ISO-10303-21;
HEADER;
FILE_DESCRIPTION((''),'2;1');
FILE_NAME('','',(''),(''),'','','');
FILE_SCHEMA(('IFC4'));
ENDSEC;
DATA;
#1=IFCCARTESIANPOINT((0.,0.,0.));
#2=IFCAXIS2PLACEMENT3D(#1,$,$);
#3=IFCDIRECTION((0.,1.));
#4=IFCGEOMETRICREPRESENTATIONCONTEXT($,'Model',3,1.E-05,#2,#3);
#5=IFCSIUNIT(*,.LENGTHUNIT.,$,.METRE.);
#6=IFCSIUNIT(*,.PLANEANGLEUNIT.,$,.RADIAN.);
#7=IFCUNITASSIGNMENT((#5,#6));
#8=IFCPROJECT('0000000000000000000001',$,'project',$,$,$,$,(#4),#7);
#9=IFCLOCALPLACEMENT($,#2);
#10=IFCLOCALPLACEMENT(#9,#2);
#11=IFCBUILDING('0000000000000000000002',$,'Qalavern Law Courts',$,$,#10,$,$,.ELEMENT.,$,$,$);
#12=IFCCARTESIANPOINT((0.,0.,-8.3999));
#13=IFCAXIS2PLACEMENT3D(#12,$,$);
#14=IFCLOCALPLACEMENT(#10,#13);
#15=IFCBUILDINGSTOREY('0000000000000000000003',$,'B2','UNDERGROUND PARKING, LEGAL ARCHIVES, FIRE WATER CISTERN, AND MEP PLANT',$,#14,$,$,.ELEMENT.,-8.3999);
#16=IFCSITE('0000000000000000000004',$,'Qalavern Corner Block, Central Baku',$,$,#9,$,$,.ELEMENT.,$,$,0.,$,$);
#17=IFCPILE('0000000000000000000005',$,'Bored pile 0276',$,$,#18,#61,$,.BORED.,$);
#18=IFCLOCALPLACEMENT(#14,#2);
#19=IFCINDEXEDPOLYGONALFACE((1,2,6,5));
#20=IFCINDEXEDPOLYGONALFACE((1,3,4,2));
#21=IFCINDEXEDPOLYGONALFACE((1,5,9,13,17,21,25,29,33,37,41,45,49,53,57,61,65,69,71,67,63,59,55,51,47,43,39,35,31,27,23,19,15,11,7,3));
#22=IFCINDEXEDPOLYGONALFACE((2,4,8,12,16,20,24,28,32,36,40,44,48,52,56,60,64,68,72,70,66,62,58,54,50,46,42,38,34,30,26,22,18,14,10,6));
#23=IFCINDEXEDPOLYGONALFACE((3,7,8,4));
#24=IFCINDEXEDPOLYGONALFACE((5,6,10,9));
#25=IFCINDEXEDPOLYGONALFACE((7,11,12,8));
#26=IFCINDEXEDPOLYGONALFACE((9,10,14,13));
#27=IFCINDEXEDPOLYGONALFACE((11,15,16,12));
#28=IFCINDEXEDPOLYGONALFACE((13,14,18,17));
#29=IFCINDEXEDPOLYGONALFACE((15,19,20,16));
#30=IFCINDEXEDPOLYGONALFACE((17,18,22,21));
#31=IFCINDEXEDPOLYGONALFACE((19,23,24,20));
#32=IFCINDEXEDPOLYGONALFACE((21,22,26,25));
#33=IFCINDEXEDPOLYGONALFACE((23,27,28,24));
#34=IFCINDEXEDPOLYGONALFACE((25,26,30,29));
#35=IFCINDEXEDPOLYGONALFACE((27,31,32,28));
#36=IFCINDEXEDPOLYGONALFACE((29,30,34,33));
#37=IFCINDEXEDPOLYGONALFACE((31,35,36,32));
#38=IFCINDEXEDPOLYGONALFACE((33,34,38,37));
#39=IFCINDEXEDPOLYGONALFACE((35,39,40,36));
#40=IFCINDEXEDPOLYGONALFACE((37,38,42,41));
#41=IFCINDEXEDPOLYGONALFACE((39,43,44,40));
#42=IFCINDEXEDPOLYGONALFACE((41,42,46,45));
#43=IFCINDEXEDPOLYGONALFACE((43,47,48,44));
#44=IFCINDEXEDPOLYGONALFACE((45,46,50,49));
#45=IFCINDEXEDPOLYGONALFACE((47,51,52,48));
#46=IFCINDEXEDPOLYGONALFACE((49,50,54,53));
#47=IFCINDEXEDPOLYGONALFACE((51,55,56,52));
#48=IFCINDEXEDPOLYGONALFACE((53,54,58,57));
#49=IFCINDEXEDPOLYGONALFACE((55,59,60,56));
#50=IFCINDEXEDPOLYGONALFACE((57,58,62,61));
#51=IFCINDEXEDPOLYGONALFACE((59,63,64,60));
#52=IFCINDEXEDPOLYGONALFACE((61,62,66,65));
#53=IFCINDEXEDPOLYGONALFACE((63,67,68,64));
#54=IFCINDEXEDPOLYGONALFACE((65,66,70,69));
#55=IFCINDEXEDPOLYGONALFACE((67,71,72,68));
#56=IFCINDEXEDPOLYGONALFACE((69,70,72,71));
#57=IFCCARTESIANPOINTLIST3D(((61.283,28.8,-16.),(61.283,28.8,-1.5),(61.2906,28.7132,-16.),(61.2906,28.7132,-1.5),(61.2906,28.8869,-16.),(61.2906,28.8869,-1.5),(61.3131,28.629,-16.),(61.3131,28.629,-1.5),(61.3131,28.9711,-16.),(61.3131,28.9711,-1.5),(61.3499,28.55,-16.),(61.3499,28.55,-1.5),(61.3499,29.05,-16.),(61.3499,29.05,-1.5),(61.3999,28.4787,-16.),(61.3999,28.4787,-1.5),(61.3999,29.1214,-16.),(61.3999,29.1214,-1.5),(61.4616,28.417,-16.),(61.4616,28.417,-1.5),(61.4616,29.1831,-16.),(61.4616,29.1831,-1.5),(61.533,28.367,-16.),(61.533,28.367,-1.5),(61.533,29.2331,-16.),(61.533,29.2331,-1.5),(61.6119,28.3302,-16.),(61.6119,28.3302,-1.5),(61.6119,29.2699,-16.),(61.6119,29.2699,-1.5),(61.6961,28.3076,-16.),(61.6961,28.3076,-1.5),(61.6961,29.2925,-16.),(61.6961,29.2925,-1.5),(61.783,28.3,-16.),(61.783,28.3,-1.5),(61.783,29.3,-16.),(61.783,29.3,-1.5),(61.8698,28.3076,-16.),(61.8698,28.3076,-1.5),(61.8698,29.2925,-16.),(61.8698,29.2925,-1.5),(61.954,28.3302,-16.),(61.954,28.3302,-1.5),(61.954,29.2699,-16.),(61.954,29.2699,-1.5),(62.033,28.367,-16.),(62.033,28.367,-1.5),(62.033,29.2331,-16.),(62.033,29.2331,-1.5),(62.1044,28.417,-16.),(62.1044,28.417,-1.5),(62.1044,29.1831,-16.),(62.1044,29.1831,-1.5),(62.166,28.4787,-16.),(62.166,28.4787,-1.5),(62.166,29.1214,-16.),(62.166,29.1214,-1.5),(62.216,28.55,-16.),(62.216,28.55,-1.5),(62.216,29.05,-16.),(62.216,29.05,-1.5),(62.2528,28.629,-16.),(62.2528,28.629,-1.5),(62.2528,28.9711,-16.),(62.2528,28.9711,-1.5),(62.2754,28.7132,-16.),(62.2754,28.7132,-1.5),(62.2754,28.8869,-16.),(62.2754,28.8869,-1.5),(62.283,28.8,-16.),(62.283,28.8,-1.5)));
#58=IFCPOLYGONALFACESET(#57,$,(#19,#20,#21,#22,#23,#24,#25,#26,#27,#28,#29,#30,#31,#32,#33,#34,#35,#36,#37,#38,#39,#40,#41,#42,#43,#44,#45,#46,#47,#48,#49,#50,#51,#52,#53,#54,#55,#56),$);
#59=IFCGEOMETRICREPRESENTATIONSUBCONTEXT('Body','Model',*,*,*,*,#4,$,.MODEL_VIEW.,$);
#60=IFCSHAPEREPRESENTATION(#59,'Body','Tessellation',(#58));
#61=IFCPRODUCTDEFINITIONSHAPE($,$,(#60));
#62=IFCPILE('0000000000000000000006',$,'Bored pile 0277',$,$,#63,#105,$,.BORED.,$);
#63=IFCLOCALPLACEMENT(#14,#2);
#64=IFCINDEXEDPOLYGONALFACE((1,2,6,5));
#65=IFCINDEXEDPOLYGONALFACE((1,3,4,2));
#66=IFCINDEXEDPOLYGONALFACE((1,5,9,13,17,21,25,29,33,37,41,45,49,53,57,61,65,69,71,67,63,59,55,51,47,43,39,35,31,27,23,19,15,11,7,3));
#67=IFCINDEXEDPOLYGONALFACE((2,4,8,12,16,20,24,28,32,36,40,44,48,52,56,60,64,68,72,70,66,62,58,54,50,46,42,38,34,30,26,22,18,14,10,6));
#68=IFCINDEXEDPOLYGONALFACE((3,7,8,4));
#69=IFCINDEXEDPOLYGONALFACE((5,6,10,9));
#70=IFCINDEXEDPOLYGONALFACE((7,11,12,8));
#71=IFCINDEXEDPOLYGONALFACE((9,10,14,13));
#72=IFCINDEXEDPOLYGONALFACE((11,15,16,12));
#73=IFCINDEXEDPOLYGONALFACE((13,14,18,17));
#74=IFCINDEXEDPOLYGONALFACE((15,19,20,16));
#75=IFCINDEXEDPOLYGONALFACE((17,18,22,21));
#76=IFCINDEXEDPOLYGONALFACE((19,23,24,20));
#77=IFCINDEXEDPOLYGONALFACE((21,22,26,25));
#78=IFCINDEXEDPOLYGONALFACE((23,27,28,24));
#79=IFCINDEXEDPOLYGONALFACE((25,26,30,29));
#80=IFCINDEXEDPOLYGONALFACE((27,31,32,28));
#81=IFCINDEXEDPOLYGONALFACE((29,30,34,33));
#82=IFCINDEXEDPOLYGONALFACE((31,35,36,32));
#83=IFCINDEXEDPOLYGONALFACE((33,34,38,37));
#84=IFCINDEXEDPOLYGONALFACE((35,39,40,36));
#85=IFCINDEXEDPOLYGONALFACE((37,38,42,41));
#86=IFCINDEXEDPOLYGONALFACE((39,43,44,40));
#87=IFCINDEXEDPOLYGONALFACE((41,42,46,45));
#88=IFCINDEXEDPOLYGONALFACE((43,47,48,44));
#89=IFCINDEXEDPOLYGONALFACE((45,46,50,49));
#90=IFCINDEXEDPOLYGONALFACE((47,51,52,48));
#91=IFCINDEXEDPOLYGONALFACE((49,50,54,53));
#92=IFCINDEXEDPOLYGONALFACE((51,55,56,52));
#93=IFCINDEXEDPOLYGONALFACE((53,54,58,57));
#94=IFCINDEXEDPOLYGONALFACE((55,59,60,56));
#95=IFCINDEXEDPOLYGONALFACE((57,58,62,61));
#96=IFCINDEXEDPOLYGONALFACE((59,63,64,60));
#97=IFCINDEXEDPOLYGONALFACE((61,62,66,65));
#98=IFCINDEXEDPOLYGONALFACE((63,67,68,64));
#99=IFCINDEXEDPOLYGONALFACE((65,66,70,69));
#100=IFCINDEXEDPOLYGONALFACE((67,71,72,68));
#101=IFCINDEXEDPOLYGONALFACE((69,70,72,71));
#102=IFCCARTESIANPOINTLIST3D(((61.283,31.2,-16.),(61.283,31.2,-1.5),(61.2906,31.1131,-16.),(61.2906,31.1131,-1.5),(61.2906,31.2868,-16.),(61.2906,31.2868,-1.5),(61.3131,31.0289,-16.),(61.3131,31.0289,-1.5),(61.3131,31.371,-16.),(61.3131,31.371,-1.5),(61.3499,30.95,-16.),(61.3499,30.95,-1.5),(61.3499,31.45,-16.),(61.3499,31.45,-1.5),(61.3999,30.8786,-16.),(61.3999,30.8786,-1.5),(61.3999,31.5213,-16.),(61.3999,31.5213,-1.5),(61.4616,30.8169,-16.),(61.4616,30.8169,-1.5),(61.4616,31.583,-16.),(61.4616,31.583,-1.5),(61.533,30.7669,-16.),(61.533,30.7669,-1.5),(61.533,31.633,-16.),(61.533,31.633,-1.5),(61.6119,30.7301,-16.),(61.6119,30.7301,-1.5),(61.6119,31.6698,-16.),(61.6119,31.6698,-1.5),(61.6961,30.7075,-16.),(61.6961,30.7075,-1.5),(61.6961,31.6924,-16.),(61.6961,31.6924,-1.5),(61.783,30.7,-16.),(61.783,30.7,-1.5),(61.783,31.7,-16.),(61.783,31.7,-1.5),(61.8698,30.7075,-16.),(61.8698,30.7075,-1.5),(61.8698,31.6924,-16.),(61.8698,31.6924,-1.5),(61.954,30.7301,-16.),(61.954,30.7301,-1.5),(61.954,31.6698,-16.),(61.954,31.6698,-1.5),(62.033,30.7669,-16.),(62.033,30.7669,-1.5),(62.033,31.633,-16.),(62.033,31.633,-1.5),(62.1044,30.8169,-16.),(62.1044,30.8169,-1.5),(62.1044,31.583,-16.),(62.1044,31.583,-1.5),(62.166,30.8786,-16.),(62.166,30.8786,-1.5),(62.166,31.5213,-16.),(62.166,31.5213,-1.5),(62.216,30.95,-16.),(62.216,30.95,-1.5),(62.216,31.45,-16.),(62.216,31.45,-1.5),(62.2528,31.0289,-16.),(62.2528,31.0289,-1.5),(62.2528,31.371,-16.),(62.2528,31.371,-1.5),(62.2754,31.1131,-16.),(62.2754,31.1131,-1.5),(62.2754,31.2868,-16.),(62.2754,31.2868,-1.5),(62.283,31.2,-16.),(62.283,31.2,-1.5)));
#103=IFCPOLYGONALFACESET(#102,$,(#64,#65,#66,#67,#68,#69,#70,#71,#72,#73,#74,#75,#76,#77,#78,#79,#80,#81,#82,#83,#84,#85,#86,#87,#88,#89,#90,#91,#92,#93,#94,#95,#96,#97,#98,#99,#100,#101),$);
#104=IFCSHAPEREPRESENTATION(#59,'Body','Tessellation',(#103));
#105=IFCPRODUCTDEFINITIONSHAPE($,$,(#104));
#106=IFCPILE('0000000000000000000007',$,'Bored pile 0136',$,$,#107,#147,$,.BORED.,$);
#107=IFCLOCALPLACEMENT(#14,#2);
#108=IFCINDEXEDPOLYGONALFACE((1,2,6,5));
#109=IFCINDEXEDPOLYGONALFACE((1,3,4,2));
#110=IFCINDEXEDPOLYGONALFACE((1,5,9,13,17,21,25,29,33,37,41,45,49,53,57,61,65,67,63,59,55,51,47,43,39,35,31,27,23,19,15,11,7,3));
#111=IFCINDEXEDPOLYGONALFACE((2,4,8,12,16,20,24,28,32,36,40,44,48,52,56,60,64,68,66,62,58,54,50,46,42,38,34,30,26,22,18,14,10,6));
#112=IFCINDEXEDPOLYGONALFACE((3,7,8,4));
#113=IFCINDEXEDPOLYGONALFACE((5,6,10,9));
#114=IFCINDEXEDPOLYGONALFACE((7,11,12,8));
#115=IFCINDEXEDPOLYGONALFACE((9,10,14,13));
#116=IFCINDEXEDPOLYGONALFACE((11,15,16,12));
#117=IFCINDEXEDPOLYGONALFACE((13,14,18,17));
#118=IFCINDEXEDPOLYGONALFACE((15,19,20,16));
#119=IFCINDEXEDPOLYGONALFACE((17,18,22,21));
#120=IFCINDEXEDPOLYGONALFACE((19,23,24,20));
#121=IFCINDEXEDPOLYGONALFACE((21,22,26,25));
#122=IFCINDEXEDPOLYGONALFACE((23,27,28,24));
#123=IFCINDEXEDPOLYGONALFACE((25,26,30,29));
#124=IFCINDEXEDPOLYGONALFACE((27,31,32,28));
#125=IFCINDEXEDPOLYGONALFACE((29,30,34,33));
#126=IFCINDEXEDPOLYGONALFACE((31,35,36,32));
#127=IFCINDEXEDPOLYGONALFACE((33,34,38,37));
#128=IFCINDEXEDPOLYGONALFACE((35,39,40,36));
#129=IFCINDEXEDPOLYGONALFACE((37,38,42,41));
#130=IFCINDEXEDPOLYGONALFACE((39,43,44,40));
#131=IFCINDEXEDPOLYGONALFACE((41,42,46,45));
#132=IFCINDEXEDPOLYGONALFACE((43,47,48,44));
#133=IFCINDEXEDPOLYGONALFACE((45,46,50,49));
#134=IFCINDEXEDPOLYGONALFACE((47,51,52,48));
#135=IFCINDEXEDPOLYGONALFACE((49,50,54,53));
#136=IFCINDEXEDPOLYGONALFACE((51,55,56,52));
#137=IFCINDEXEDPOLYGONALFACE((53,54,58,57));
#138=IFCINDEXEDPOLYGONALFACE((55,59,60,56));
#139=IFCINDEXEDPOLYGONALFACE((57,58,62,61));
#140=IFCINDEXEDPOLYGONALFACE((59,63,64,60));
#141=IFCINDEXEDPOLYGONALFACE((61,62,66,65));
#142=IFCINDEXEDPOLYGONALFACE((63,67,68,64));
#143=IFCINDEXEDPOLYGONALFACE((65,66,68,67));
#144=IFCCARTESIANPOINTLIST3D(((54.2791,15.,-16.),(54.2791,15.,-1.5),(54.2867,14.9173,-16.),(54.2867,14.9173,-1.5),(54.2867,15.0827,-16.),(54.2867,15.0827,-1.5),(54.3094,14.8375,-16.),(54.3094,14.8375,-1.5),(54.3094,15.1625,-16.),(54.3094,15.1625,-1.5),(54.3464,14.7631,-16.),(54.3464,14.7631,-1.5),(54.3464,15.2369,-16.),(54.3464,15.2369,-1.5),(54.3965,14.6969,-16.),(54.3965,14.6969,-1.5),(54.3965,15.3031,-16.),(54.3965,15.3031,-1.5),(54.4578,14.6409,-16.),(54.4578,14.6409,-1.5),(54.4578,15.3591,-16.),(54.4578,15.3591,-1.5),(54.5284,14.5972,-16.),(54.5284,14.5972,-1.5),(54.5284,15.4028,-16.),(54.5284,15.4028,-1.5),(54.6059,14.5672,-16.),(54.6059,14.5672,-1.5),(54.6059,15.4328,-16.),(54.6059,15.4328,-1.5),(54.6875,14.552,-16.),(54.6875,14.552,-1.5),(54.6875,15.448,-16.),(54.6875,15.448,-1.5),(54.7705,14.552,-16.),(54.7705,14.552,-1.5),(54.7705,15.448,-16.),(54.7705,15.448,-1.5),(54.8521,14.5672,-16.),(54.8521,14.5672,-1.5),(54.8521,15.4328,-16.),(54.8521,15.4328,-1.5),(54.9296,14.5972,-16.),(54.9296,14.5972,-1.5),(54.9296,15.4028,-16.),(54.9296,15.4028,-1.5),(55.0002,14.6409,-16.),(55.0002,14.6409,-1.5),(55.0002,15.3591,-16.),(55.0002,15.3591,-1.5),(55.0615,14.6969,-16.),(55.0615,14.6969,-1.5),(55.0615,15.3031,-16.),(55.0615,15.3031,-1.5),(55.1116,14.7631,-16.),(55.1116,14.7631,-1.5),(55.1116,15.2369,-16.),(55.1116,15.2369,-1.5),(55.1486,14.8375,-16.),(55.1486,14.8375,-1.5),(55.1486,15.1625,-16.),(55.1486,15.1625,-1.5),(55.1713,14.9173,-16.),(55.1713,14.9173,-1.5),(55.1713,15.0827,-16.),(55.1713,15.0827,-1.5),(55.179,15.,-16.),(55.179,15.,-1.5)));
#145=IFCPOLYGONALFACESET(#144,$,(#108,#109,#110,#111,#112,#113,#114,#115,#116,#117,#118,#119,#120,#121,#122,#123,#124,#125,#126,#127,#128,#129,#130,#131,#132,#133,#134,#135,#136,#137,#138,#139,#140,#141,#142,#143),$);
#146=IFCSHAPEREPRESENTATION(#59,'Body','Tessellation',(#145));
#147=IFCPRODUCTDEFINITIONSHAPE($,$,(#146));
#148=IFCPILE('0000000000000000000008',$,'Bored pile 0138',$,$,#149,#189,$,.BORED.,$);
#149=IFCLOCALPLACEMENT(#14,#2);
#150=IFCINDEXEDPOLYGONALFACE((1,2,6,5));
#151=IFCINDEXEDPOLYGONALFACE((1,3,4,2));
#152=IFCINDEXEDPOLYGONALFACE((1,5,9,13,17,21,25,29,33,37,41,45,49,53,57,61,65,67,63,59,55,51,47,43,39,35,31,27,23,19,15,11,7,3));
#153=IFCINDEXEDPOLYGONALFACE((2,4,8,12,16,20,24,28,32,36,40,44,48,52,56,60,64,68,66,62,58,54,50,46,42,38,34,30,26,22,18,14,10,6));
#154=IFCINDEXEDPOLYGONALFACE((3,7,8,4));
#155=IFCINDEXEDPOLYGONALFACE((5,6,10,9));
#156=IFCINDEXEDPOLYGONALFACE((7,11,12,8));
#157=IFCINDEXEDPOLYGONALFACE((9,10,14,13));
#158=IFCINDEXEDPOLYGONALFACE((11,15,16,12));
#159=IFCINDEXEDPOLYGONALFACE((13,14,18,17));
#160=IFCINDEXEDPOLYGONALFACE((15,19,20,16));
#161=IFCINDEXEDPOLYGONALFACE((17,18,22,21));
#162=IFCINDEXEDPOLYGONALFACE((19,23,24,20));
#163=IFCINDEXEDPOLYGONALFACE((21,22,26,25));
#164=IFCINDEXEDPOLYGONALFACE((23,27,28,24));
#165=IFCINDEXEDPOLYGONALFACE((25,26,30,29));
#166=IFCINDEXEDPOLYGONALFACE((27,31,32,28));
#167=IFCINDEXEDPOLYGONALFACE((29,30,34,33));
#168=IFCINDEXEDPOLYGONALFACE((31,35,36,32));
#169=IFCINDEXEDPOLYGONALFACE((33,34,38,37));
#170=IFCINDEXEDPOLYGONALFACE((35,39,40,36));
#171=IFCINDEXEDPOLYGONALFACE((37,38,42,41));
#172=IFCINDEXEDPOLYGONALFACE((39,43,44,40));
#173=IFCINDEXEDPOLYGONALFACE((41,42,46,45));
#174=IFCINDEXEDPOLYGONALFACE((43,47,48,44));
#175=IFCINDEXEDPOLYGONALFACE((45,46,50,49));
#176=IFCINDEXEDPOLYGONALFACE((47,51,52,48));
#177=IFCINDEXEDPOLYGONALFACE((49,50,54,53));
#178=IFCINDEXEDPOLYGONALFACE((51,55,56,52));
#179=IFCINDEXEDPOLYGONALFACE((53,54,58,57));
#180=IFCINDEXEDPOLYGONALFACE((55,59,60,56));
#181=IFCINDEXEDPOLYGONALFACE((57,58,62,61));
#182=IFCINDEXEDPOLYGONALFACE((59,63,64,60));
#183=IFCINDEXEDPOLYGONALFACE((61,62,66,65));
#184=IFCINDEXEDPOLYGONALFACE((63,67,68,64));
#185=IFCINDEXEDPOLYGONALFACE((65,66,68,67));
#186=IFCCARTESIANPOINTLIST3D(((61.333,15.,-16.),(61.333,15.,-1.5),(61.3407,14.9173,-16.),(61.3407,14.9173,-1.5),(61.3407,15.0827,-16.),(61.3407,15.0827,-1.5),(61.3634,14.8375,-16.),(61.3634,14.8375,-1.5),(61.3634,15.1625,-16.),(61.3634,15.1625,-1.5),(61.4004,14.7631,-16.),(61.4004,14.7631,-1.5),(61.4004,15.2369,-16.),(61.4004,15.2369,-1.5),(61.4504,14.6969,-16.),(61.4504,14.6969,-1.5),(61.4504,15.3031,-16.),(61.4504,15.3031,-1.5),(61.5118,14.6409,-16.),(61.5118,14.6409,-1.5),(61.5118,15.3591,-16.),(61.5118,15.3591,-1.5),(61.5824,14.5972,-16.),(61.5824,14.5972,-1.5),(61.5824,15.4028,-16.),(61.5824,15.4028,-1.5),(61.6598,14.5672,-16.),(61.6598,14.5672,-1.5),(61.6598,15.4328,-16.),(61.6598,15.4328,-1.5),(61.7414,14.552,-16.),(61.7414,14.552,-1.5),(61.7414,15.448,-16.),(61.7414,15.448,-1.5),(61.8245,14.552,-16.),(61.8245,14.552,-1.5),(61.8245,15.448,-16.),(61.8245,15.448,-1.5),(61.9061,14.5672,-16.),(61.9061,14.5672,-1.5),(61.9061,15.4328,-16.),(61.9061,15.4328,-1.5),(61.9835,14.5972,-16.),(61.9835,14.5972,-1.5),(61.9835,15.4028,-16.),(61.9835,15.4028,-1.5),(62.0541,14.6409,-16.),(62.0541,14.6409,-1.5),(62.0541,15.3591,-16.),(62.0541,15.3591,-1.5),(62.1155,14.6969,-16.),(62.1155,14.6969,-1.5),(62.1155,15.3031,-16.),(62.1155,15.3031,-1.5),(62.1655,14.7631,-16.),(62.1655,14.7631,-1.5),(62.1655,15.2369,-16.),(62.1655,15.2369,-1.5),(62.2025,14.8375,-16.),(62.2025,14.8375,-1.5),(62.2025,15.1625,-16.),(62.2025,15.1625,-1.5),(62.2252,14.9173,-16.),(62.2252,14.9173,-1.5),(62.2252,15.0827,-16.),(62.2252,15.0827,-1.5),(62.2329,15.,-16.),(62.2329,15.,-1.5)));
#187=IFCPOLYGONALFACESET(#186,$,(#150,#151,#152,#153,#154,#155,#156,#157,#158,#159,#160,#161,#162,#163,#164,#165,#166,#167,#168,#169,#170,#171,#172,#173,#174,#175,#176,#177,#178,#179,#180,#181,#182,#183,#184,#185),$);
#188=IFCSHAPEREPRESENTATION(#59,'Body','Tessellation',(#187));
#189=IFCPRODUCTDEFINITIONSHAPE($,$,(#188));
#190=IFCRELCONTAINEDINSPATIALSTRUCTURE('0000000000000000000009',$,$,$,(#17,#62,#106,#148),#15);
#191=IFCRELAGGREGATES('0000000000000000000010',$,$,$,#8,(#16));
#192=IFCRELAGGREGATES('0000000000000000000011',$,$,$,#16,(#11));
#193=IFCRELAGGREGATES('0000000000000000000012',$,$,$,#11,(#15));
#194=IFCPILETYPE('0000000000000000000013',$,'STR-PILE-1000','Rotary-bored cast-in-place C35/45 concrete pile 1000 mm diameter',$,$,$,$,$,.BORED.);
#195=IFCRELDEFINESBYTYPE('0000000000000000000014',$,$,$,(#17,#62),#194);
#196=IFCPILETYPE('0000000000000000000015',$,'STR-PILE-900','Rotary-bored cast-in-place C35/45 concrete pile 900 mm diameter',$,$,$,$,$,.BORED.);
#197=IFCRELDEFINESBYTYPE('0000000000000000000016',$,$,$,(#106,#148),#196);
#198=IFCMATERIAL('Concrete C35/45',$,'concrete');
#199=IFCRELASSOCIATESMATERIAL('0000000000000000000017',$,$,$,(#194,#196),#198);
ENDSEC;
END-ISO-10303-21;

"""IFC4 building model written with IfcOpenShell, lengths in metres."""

from ifc_helpers import new_model, si_unit, direction, frame, origin, origin_2d, place, context, subcontext, project, spatial, circle, extrude, material, material_profile, profile_set, type_object, element, save


model = new_model("IFC4")

# Units and contexts
model_context = context("Model", 3, precision=1e-05, world=origin(), true_north=direction((0.0, 1.0)))
body_context = subcontext(model_context, "Body", "Model", "MODEL_VIEW")
ifc_project = project(units=[si_unit("LENGTHUNIT", "METRE"), si_unit("PLANEANGLEUNIT", "RADIAN")], contexts=[model_context])

# Site, building, storey
site_placement = place(None, origin())
site = spatial("IfcSite", under=ifc_project, at=site_placement, Name="Qalavern Corner Block, Central Baku", CompositionType="ELEMENT", RefElevation=0.0)
building_placement = place(site_placement, origin())
building = spatial("IfcBuilding", under=site, at=building_placement, Name="Qalavern Law Courts", CompositionType="ELEMENT")
storey_placement = place(building_placement, frame((0.0, 0.0, -8.3999)))
storey = spatial("IfcBuildingStorey", under=building, at=storey_placement, Name="B2", Description="UNDERGROUND PARKING, LEGAL ARCHIVES, FIRE WATER CISTERN, AND MEP PLANT", CompositionType="ELEMENT", Elevation=-8.3999)

# Shared definitions
ifc_material_1 = material(Name="Concrete C35/45", Category="concrete")

# Piles
ifc_material_profile_1 = material_profile(ifc_material_1, circle(Radius=0.5, at=origin_2d()), Name="BORED PILE 1000")
ifc_profile_set_1 = profile_set([ifc_material_profile_1], Name="Concrete C35/45")
pile_type_1 = type_object("IfcPileType", Name="STR-PILE-1000", Description="Rotary-bored cast-in-place C35/45 concrete pile 1000 mm diameter", PredefinedType="BORED", material=ifc_profile_set_1)
for number, where, z_axis, x_axis, name in (
    (1, (61.783, 28.8, -1.5), (0.0, 0.0, -1.0), (1.0, 0.0, 0.0), "Bored pile 0276"),
    (2, (61.783, 31.2, -1.5), (0.0, 0.0, -1.0), (1.0, 0.0, 0.0), "Bored pile 0277"),
):
    element("IfcPile", number, at=place(storey_placement, frame(where, z_axis=z_axis, x_axis=x_axis)), inside=storey, type_object=pile_type_1, Name=name, PredefinedType="BORED", context=body_context, shape_type="SweptSolid", body=[
        extrude(circle(Radius=0.5, at=origin_2d()), origin(), (0.0, 0.0, 1.0), 14.5),
    ])
ifc_material_profile_2 = material_profile(ifc_material_1, circle(Radius=0.45, at=origin_2d()), Name="BORED PILE 900")
ifc_profile_set_2 = profile_set([ifc_material_profile_2], Name="Concrete C35/45")
pile_type_2 = type_object("IfcPileType", Name="STR-PILE-900", Description="Rotary-bored cast-in-place C35/45 concrete pile 900 mm diameter", PredefinedType="BORED", material=ifc_profile_set_2)
for number, where, z_axis, x_axis, name in (
    (3, (54.729, 15.0, -1.5), (0.0, 0.0, -1.0), (1.0, 0.0, 0.0), "Bored pile 0136"),
    (4, (61.783, 15.0, -1.5), (0.0, 0.0, -1.0), (1.0, 0.0, 0.0), "Bored pile 0138"),
):
    element("IfcPile", number, at=place(storey_placement, frame(where, z_axis=z_axis, x_axis=x_axis)), inside=storey, type_object=pile_type_2, Name=name, PredefinedType="BORED", context=body_context, shape_type="SweptSolid", body=[
        extrude(circle(Radius=0.45, at=origin_2d()), origin(), (0.0, 0.0, 1.0), 14.5),
    ])

save(model, "model.ifc")
